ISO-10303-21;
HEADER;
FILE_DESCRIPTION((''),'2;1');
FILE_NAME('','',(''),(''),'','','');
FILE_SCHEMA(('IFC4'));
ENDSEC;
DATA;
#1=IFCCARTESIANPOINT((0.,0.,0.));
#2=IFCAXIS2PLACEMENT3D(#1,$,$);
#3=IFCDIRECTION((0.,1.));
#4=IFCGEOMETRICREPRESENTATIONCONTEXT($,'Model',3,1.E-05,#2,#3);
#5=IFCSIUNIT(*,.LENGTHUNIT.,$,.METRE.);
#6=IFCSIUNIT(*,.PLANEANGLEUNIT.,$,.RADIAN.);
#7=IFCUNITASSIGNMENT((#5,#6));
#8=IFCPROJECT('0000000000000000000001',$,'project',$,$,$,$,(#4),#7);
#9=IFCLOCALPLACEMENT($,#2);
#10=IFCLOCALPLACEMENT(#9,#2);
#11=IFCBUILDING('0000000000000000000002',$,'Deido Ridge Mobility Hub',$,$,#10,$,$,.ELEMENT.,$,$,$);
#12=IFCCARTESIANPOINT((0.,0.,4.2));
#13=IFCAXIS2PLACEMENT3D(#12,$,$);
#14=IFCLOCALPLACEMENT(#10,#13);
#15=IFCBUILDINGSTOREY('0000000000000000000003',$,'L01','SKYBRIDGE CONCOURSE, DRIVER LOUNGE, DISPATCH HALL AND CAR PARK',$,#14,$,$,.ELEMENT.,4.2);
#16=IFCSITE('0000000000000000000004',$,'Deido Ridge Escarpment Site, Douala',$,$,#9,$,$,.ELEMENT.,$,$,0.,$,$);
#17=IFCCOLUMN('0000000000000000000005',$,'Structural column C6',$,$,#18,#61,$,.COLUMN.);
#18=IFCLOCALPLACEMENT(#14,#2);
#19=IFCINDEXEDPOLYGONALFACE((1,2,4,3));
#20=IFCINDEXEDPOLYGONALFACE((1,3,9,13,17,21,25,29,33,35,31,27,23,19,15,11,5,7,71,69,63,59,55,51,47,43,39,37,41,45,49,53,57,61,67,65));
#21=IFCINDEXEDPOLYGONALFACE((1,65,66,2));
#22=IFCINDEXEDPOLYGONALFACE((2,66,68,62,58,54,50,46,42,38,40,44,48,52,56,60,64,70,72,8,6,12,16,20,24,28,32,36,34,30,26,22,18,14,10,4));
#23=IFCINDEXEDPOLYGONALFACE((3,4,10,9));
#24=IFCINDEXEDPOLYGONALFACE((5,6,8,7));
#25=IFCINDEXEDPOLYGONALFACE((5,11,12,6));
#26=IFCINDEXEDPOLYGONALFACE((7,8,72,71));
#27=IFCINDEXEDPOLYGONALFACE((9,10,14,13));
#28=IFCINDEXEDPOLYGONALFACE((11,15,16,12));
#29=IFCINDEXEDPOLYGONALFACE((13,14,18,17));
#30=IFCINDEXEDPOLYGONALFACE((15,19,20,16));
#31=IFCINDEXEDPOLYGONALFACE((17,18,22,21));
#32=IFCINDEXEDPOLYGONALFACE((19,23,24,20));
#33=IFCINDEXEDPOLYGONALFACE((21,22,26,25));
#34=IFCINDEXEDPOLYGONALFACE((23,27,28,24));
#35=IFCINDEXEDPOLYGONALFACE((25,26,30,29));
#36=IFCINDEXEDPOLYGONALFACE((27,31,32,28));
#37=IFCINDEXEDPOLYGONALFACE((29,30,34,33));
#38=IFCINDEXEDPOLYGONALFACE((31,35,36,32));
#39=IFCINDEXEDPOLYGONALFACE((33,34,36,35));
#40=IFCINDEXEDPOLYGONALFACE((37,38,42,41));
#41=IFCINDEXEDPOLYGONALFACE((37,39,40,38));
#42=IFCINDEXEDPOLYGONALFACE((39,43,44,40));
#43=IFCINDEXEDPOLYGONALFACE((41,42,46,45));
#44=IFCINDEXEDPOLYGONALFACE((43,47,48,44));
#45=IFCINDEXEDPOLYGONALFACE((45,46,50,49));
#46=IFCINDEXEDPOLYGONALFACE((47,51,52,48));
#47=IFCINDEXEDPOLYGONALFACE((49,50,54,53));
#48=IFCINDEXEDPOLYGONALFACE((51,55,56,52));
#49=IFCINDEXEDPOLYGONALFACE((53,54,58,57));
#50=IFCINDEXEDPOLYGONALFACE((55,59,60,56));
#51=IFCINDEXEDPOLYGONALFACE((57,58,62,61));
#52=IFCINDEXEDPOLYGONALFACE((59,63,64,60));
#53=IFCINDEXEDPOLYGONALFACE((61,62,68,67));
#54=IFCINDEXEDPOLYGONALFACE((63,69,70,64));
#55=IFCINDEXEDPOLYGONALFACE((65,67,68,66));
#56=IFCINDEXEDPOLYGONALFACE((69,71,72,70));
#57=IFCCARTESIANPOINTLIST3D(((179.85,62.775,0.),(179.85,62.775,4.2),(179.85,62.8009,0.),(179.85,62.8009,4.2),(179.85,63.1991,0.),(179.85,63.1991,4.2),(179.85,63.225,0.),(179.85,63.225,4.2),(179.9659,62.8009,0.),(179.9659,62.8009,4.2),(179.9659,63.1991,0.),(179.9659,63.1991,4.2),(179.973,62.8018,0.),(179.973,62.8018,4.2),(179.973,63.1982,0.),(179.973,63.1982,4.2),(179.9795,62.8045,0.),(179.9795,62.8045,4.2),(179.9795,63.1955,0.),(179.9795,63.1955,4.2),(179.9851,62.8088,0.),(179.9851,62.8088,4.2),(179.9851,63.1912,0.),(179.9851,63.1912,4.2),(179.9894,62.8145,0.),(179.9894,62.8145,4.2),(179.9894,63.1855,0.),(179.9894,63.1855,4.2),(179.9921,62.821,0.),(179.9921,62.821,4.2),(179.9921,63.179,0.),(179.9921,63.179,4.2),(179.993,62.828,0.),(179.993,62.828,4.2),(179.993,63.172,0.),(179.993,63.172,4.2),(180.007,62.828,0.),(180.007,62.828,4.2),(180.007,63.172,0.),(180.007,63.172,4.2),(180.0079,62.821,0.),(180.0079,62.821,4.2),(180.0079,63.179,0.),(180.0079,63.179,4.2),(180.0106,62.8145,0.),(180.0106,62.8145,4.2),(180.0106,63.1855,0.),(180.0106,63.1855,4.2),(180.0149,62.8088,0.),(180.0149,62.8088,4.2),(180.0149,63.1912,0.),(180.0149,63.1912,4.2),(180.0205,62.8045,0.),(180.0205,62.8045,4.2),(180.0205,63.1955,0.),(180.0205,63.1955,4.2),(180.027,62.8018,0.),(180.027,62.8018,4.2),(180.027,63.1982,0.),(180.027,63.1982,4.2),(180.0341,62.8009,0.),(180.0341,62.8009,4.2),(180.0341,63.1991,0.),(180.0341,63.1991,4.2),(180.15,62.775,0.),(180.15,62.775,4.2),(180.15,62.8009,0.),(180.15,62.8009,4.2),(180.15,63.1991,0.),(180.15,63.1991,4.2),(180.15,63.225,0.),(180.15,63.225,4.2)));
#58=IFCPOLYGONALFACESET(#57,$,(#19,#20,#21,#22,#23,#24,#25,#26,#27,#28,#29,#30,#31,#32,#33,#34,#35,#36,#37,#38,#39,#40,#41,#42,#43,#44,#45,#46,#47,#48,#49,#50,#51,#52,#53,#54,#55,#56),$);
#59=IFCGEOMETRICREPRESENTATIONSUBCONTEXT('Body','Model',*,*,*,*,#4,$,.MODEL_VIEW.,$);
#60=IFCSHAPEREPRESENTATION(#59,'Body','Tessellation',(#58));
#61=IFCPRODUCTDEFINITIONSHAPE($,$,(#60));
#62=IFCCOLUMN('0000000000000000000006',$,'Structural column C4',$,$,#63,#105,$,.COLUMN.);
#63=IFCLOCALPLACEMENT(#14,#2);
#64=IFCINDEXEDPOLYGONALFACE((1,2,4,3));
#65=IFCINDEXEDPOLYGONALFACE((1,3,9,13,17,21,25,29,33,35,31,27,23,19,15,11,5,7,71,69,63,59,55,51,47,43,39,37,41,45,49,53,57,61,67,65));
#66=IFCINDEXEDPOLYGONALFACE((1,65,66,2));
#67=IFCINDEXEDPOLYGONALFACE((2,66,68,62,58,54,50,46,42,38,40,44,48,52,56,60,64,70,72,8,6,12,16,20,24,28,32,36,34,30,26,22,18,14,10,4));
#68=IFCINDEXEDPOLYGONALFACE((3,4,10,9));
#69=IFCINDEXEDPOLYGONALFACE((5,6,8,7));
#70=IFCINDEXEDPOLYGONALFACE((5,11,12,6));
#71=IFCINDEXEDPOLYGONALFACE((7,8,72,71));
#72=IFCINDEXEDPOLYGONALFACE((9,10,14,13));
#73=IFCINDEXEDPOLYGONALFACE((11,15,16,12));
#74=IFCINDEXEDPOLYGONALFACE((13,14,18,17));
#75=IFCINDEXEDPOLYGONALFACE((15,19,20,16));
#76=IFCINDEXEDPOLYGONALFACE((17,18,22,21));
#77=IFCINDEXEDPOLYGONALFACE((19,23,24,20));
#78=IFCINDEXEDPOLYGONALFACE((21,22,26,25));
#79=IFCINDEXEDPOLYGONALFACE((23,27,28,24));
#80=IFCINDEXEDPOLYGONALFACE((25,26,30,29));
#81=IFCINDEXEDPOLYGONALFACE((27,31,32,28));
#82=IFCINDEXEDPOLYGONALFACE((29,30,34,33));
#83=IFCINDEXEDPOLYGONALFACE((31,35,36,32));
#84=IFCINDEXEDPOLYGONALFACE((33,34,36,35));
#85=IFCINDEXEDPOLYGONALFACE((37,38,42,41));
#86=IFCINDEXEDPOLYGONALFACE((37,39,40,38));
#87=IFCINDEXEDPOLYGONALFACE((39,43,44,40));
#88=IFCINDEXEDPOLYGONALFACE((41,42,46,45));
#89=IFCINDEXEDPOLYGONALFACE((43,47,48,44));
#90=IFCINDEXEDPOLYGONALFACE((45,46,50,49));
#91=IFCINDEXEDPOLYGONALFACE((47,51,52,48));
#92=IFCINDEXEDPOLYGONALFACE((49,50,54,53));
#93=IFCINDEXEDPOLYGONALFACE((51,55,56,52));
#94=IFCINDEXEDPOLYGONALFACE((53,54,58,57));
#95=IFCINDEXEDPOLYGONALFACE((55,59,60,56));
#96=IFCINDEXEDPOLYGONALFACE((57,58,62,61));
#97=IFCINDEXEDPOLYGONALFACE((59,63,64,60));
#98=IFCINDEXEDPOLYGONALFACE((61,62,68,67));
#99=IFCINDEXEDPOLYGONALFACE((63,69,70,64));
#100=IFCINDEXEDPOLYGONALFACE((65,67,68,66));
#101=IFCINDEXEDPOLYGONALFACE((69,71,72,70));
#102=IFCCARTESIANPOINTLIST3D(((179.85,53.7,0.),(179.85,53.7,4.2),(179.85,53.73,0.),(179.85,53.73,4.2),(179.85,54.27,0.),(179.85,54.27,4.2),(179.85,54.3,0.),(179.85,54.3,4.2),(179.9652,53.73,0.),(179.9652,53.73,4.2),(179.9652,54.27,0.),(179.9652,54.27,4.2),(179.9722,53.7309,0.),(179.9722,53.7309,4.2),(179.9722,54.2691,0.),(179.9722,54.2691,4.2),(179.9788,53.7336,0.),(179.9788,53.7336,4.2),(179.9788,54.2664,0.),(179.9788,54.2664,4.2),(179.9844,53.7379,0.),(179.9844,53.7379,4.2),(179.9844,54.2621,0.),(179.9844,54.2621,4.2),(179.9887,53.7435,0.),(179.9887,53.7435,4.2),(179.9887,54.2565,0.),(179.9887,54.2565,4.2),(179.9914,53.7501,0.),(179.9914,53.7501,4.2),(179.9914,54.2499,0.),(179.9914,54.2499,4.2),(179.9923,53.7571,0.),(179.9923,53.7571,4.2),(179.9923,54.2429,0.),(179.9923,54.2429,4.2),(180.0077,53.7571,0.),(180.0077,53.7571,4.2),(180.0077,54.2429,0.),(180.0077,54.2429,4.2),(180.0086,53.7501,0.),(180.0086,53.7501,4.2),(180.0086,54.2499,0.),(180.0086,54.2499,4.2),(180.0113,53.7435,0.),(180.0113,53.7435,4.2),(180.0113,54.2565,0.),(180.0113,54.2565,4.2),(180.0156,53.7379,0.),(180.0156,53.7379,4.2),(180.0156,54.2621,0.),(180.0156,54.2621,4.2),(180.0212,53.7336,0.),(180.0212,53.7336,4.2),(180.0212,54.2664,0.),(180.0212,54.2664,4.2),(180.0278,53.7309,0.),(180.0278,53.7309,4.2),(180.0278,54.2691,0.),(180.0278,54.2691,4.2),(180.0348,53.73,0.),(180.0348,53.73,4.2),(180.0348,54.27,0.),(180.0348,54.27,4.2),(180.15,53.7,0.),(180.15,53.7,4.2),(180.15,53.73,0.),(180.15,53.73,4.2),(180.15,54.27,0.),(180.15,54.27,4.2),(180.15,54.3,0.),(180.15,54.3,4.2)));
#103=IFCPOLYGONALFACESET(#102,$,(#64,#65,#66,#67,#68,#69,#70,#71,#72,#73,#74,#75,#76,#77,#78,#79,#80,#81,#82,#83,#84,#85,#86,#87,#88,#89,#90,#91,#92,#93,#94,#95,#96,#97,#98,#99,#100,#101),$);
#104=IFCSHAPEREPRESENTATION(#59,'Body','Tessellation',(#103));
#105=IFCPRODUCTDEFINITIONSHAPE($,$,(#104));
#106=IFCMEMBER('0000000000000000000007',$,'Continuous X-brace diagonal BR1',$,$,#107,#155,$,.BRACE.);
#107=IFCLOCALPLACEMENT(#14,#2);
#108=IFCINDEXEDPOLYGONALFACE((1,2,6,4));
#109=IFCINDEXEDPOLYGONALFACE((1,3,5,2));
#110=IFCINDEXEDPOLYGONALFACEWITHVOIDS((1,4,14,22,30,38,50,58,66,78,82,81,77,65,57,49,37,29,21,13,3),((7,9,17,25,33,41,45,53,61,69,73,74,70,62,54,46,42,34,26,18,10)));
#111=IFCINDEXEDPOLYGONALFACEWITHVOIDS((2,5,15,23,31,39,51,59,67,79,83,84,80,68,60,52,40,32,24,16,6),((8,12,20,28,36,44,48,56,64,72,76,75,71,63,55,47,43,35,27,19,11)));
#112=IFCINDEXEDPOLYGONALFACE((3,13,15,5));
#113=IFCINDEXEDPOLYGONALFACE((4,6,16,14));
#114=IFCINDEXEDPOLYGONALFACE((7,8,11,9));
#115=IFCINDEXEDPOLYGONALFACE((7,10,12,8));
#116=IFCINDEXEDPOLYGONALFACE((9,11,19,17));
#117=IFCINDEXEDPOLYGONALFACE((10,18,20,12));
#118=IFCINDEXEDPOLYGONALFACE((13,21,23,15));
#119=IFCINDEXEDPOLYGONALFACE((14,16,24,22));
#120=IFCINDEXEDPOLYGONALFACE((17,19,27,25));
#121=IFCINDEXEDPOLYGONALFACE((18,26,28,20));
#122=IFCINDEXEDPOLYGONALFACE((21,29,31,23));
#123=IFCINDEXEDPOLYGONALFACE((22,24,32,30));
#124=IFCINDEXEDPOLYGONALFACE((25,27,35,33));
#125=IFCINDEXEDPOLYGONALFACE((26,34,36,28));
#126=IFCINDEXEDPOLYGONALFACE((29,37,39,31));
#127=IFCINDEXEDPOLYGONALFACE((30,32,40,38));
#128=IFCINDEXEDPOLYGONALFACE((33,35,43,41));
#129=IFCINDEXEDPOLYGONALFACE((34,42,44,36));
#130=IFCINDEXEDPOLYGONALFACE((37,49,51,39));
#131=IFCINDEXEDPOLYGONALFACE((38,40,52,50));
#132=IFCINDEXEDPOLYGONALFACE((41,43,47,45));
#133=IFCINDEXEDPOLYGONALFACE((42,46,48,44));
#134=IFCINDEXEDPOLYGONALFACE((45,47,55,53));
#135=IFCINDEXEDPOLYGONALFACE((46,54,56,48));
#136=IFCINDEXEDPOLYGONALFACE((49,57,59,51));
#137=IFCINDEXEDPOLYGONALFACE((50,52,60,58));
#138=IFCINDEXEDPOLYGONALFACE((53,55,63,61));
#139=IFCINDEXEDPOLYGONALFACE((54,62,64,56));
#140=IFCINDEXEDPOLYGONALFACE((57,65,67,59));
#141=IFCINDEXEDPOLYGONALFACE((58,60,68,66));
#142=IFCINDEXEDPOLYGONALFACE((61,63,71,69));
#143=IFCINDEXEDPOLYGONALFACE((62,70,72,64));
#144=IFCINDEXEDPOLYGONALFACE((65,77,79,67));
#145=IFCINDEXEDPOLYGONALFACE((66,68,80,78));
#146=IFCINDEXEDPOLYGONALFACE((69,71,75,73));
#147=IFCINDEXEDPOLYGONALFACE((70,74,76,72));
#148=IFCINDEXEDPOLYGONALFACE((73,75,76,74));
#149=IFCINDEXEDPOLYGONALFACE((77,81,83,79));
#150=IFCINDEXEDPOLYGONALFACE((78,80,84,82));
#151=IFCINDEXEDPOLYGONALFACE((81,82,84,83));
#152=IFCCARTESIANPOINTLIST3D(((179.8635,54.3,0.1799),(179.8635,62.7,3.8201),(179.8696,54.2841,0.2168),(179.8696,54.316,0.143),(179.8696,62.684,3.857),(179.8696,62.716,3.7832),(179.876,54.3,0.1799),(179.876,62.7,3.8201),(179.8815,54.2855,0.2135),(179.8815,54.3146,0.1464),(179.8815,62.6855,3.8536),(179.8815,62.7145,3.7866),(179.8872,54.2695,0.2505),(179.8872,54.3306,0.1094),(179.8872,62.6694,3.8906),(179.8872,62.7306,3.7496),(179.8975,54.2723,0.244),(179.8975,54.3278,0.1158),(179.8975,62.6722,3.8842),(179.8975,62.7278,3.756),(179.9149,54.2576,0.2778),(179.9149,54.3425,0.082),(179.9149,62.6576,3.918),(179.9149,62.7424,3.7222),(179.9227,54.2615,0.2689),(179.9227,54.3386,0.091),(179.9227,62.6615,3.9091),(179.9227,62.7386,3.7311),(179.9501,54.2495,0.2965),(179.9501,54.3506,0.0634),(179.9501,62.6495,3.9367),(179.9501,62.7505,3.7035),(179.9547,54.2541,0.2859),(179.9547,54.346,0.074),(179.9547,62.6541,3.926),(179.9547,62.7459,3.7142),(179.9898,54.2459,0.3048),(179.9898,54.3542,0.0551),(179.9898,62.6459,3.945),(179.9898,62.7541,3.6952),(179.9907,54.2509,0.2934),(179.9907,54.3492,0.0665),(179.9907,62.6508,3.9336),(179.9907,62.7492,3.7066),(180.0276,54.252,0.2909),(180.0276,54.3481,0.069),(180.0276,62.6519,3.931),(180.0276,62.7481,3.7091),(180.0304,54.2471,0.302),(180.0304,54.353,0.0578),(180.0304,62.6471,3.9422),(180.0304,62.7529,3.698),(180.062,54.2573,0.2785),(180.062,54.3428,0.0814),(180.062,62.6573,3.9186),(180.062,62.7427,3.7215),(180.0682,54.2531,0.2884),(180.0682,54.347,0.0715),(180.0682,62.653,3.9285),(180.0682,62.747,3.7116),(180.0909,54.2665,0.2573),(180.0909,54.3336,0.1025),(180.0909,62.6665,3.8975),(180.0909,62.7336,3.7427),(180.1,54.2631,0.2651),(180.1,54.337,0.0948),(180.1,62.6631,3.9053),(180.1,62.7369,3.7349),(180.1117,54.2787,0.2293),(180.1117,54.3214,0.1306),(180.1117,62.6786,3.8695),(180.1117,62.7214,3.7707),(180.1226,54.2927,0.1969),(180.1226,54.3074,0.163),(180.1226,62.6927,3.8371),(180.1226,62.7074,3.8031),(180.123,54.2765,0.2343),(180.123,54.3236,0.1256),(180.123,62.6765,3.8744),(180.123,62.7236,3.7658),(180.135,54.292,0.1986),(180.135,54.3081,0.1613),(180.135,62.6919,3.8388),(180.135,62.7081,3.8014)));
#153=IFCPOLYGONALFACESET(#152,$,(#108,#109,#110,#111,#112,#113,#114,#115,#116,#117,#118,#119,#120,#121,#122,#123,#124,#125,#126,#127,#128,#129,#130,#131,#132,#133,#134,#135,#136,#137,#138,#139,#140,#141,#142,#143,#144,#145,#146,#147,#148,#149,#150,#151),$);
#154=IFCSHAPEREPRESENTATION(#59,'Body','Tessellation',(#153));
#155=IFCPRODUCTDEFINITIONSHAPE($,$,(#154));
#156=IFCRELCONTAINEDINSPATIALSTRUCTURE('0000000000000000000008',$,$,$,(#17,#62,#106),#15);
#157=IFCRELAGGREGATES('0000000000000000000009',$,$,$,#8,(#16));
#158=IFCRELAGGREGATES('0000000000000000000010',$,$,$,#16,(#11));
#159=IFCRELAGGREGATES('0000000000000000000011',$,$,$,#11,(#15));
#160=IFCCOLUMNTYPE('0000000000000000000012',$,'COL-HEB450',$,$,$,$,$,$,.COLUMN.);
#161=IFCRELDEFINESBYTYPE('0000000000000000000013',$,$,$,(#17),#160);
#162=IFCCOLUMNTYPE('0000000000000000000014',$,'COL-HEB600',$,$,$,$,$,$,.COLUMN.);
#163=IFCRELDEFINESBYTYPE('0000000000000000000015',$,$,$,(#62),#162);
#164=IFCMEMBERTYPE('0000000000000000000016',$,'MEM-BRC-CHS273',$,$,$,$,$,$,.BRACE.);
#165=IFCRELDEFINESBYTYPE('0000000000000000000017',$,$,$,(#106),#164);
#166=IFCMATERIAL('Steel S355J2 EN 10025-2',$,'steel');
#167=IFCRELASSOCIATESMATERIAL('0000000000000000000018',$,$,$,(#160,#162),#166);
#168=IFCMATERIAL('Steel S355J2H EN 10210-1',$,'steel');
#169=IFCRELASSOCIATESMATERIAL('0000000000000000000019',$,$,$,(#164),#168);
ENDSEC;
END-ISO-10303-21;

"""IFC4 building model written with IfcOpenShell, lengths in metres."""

from ifc_helpers import new_model, si_unit, direction, frame, origin, origin_2d, place, context, subcontext, project, spatial, hollow_circle, i_section, extrude, material, material_profile, profile_set, type_object, element, save


model = new_model("IFC4")

# Units and contexts
model_context = context("Model", 3, precision=1e-05, world=origin(), true_north=direction((0.0, 1.0)))
body_context = subcontext(model_context, "Body", "Model", "MODEL_VIEW")
ifc_project = project(units=[si_unit("LENGTHUNIT", "METRE"), si_unit("PLANEANGLEUNIT", "RADIAN")], contexts=[model_context])

# Site, building, storey
site_placement = place(None, origin())
site = spatial("IfcSite", under=ifc_project, at=site_placement, Name="Deido Ridge Escarpment Site, Douala", CompositionType="ELEMENT", RefElevation=0.0)
building_placement = place(site_placement, origin())
building = spatial("IfcBuilding", under=site, at=building_placement, Name="Deido Ridge Mobility Hub", CompositionType="ELEMENT")
storey_placement = place(building_placement, frame((0.0, 0.0, 4.2)))
storey = spatial("IfcBuildingStorey", under=building, at=storey_placement, Name="L01", Description="SKYBRIDGE CONCOURSE, DRIVER LOUNGE, DISPATCH HALL AND CAR PARK", CompositionType="ELEMENT", Elevation=4.2)

# Columns
ifc_material_1 = material(Name="Steel S355J2 EN 10025-2", Category="steel")
ifc_material_profile_1 = material_profile(ifc_material_1, i_section(OverallWidth=0.3, OverallDepth=0.45, WebThickness=0.0139, FlangeThickness=0.0259, FilletRadius=0.0271, at=origin_2d()), Name="HEB 450")
ifc_profile_set_1 = profile_set([ifc_material_profile_1], Name="Steel S355J2 EN 10025-2")
column_type_1 = type_object("IfcColumnType", Name="COL-HEB450", PredefinedType="COLUMN", material=ifc_profile_set_1)
column_1_placement = place(storey_placement, frame((180.0, 63.0, 0.0), z_axis=(0.0, 0.0, 1.0), x_axis=(1.0, 0.0, 0.0)))
element("IfcColumn", 1, at=column_1_placement, inside=storey, type_object=column_type_1, Name="Structural column C6", PredefinedType="COLUMN", context=body_context, shape_type="SweptSolid", body=[
    extrude(i_section(OverallWidth=0.3, OverallDepth=0.45, WebThickness=0.0139, FlangeThickness=0.0259, FilletRadius=0.0271, at=origin_2d()), origin(), (0.0, 0.0, 1.0), 4.2),
])
ifc_material_profile_2 = material_profile(ifc_material_1, i_section(OverallWidth=0.3, OverallDepth=0.6001, WebThickness=0.0154, FlangeThickness=0.03, FilletRadius=0.0271, at=origin_2d()), Name="HEB 600")
ifc_profile_set_2 = profile_set([ifc_material_profile_2], Name="Steel S355J2 EN 10025-2")
column_type_2 = type_object("IfcColumnType", Name="COL-HEB600", PredefinedType="COLUMN", material=ifc_profile_set_2)
column_2_placement = place(storey_placement, frame((180.0, 54.0, 0.0), z_axis=(0.0, 0.0, 1.0), x_axis=(1.0, 0.0, 0.0)))
element("IfcColumn", 2, at=column_2_placement, inside=storey, type_object=column_type_2, Name="Structural column C4", PredefinedType="COLUMN", context=body_context, shape_type="SweptSolid", body=[
    extrude(i_section(OverallWidth=0.3, OverallDepth=0.6001, WebThickness=0.0154, FlangeThickness=0.03, FilletRadius=0.0271, at=origin_2d()), origin(), (0.0, 0.0, 1.0), 4.2),
])

# Member
ifc_material_2 = material(Name="Steel S355J2H EN 10210-1", Category="steel")
ifc_material_profile_3 = material_profile(ifc_material_2, hollow_circle(Radius=0.1365, WallThickness=0.0125, at=origin_2d()), Name="CHS 273x12.5")
ifc_profile_set_3 = profile_set([ifc_material_profile_3], Name="Steel S355J2H EN 10210-1")
member_type_1 = type_object("IfcMemberType", Name="MEM-BRC-CHS273", PredefinedType="BRACE", material=ifc_profile_set_3)
member_1_placement = place(storey_placement, frame((180.0, 54.3, 0.1799), z_axis=(0.0, 0.917548, 0.397624), x_axis=(-1.0, 0.0, 0.0)))
element("IfcMember", 3, at=member_1_placement, inside=storey, type_object=member_type_1, Name="Continuous X-brace diagonal BR1", PredefinedType="BRACE", context=body_context, shape_type="SweptSolid", body=[
    extrude(hollow_circle(Radius=0.1365, WallThickness=0.0125, at=origin_2d()), origin(), (0.0, 0.0, 1.0), 9.1548),
])

save(model, "model.ifc")
